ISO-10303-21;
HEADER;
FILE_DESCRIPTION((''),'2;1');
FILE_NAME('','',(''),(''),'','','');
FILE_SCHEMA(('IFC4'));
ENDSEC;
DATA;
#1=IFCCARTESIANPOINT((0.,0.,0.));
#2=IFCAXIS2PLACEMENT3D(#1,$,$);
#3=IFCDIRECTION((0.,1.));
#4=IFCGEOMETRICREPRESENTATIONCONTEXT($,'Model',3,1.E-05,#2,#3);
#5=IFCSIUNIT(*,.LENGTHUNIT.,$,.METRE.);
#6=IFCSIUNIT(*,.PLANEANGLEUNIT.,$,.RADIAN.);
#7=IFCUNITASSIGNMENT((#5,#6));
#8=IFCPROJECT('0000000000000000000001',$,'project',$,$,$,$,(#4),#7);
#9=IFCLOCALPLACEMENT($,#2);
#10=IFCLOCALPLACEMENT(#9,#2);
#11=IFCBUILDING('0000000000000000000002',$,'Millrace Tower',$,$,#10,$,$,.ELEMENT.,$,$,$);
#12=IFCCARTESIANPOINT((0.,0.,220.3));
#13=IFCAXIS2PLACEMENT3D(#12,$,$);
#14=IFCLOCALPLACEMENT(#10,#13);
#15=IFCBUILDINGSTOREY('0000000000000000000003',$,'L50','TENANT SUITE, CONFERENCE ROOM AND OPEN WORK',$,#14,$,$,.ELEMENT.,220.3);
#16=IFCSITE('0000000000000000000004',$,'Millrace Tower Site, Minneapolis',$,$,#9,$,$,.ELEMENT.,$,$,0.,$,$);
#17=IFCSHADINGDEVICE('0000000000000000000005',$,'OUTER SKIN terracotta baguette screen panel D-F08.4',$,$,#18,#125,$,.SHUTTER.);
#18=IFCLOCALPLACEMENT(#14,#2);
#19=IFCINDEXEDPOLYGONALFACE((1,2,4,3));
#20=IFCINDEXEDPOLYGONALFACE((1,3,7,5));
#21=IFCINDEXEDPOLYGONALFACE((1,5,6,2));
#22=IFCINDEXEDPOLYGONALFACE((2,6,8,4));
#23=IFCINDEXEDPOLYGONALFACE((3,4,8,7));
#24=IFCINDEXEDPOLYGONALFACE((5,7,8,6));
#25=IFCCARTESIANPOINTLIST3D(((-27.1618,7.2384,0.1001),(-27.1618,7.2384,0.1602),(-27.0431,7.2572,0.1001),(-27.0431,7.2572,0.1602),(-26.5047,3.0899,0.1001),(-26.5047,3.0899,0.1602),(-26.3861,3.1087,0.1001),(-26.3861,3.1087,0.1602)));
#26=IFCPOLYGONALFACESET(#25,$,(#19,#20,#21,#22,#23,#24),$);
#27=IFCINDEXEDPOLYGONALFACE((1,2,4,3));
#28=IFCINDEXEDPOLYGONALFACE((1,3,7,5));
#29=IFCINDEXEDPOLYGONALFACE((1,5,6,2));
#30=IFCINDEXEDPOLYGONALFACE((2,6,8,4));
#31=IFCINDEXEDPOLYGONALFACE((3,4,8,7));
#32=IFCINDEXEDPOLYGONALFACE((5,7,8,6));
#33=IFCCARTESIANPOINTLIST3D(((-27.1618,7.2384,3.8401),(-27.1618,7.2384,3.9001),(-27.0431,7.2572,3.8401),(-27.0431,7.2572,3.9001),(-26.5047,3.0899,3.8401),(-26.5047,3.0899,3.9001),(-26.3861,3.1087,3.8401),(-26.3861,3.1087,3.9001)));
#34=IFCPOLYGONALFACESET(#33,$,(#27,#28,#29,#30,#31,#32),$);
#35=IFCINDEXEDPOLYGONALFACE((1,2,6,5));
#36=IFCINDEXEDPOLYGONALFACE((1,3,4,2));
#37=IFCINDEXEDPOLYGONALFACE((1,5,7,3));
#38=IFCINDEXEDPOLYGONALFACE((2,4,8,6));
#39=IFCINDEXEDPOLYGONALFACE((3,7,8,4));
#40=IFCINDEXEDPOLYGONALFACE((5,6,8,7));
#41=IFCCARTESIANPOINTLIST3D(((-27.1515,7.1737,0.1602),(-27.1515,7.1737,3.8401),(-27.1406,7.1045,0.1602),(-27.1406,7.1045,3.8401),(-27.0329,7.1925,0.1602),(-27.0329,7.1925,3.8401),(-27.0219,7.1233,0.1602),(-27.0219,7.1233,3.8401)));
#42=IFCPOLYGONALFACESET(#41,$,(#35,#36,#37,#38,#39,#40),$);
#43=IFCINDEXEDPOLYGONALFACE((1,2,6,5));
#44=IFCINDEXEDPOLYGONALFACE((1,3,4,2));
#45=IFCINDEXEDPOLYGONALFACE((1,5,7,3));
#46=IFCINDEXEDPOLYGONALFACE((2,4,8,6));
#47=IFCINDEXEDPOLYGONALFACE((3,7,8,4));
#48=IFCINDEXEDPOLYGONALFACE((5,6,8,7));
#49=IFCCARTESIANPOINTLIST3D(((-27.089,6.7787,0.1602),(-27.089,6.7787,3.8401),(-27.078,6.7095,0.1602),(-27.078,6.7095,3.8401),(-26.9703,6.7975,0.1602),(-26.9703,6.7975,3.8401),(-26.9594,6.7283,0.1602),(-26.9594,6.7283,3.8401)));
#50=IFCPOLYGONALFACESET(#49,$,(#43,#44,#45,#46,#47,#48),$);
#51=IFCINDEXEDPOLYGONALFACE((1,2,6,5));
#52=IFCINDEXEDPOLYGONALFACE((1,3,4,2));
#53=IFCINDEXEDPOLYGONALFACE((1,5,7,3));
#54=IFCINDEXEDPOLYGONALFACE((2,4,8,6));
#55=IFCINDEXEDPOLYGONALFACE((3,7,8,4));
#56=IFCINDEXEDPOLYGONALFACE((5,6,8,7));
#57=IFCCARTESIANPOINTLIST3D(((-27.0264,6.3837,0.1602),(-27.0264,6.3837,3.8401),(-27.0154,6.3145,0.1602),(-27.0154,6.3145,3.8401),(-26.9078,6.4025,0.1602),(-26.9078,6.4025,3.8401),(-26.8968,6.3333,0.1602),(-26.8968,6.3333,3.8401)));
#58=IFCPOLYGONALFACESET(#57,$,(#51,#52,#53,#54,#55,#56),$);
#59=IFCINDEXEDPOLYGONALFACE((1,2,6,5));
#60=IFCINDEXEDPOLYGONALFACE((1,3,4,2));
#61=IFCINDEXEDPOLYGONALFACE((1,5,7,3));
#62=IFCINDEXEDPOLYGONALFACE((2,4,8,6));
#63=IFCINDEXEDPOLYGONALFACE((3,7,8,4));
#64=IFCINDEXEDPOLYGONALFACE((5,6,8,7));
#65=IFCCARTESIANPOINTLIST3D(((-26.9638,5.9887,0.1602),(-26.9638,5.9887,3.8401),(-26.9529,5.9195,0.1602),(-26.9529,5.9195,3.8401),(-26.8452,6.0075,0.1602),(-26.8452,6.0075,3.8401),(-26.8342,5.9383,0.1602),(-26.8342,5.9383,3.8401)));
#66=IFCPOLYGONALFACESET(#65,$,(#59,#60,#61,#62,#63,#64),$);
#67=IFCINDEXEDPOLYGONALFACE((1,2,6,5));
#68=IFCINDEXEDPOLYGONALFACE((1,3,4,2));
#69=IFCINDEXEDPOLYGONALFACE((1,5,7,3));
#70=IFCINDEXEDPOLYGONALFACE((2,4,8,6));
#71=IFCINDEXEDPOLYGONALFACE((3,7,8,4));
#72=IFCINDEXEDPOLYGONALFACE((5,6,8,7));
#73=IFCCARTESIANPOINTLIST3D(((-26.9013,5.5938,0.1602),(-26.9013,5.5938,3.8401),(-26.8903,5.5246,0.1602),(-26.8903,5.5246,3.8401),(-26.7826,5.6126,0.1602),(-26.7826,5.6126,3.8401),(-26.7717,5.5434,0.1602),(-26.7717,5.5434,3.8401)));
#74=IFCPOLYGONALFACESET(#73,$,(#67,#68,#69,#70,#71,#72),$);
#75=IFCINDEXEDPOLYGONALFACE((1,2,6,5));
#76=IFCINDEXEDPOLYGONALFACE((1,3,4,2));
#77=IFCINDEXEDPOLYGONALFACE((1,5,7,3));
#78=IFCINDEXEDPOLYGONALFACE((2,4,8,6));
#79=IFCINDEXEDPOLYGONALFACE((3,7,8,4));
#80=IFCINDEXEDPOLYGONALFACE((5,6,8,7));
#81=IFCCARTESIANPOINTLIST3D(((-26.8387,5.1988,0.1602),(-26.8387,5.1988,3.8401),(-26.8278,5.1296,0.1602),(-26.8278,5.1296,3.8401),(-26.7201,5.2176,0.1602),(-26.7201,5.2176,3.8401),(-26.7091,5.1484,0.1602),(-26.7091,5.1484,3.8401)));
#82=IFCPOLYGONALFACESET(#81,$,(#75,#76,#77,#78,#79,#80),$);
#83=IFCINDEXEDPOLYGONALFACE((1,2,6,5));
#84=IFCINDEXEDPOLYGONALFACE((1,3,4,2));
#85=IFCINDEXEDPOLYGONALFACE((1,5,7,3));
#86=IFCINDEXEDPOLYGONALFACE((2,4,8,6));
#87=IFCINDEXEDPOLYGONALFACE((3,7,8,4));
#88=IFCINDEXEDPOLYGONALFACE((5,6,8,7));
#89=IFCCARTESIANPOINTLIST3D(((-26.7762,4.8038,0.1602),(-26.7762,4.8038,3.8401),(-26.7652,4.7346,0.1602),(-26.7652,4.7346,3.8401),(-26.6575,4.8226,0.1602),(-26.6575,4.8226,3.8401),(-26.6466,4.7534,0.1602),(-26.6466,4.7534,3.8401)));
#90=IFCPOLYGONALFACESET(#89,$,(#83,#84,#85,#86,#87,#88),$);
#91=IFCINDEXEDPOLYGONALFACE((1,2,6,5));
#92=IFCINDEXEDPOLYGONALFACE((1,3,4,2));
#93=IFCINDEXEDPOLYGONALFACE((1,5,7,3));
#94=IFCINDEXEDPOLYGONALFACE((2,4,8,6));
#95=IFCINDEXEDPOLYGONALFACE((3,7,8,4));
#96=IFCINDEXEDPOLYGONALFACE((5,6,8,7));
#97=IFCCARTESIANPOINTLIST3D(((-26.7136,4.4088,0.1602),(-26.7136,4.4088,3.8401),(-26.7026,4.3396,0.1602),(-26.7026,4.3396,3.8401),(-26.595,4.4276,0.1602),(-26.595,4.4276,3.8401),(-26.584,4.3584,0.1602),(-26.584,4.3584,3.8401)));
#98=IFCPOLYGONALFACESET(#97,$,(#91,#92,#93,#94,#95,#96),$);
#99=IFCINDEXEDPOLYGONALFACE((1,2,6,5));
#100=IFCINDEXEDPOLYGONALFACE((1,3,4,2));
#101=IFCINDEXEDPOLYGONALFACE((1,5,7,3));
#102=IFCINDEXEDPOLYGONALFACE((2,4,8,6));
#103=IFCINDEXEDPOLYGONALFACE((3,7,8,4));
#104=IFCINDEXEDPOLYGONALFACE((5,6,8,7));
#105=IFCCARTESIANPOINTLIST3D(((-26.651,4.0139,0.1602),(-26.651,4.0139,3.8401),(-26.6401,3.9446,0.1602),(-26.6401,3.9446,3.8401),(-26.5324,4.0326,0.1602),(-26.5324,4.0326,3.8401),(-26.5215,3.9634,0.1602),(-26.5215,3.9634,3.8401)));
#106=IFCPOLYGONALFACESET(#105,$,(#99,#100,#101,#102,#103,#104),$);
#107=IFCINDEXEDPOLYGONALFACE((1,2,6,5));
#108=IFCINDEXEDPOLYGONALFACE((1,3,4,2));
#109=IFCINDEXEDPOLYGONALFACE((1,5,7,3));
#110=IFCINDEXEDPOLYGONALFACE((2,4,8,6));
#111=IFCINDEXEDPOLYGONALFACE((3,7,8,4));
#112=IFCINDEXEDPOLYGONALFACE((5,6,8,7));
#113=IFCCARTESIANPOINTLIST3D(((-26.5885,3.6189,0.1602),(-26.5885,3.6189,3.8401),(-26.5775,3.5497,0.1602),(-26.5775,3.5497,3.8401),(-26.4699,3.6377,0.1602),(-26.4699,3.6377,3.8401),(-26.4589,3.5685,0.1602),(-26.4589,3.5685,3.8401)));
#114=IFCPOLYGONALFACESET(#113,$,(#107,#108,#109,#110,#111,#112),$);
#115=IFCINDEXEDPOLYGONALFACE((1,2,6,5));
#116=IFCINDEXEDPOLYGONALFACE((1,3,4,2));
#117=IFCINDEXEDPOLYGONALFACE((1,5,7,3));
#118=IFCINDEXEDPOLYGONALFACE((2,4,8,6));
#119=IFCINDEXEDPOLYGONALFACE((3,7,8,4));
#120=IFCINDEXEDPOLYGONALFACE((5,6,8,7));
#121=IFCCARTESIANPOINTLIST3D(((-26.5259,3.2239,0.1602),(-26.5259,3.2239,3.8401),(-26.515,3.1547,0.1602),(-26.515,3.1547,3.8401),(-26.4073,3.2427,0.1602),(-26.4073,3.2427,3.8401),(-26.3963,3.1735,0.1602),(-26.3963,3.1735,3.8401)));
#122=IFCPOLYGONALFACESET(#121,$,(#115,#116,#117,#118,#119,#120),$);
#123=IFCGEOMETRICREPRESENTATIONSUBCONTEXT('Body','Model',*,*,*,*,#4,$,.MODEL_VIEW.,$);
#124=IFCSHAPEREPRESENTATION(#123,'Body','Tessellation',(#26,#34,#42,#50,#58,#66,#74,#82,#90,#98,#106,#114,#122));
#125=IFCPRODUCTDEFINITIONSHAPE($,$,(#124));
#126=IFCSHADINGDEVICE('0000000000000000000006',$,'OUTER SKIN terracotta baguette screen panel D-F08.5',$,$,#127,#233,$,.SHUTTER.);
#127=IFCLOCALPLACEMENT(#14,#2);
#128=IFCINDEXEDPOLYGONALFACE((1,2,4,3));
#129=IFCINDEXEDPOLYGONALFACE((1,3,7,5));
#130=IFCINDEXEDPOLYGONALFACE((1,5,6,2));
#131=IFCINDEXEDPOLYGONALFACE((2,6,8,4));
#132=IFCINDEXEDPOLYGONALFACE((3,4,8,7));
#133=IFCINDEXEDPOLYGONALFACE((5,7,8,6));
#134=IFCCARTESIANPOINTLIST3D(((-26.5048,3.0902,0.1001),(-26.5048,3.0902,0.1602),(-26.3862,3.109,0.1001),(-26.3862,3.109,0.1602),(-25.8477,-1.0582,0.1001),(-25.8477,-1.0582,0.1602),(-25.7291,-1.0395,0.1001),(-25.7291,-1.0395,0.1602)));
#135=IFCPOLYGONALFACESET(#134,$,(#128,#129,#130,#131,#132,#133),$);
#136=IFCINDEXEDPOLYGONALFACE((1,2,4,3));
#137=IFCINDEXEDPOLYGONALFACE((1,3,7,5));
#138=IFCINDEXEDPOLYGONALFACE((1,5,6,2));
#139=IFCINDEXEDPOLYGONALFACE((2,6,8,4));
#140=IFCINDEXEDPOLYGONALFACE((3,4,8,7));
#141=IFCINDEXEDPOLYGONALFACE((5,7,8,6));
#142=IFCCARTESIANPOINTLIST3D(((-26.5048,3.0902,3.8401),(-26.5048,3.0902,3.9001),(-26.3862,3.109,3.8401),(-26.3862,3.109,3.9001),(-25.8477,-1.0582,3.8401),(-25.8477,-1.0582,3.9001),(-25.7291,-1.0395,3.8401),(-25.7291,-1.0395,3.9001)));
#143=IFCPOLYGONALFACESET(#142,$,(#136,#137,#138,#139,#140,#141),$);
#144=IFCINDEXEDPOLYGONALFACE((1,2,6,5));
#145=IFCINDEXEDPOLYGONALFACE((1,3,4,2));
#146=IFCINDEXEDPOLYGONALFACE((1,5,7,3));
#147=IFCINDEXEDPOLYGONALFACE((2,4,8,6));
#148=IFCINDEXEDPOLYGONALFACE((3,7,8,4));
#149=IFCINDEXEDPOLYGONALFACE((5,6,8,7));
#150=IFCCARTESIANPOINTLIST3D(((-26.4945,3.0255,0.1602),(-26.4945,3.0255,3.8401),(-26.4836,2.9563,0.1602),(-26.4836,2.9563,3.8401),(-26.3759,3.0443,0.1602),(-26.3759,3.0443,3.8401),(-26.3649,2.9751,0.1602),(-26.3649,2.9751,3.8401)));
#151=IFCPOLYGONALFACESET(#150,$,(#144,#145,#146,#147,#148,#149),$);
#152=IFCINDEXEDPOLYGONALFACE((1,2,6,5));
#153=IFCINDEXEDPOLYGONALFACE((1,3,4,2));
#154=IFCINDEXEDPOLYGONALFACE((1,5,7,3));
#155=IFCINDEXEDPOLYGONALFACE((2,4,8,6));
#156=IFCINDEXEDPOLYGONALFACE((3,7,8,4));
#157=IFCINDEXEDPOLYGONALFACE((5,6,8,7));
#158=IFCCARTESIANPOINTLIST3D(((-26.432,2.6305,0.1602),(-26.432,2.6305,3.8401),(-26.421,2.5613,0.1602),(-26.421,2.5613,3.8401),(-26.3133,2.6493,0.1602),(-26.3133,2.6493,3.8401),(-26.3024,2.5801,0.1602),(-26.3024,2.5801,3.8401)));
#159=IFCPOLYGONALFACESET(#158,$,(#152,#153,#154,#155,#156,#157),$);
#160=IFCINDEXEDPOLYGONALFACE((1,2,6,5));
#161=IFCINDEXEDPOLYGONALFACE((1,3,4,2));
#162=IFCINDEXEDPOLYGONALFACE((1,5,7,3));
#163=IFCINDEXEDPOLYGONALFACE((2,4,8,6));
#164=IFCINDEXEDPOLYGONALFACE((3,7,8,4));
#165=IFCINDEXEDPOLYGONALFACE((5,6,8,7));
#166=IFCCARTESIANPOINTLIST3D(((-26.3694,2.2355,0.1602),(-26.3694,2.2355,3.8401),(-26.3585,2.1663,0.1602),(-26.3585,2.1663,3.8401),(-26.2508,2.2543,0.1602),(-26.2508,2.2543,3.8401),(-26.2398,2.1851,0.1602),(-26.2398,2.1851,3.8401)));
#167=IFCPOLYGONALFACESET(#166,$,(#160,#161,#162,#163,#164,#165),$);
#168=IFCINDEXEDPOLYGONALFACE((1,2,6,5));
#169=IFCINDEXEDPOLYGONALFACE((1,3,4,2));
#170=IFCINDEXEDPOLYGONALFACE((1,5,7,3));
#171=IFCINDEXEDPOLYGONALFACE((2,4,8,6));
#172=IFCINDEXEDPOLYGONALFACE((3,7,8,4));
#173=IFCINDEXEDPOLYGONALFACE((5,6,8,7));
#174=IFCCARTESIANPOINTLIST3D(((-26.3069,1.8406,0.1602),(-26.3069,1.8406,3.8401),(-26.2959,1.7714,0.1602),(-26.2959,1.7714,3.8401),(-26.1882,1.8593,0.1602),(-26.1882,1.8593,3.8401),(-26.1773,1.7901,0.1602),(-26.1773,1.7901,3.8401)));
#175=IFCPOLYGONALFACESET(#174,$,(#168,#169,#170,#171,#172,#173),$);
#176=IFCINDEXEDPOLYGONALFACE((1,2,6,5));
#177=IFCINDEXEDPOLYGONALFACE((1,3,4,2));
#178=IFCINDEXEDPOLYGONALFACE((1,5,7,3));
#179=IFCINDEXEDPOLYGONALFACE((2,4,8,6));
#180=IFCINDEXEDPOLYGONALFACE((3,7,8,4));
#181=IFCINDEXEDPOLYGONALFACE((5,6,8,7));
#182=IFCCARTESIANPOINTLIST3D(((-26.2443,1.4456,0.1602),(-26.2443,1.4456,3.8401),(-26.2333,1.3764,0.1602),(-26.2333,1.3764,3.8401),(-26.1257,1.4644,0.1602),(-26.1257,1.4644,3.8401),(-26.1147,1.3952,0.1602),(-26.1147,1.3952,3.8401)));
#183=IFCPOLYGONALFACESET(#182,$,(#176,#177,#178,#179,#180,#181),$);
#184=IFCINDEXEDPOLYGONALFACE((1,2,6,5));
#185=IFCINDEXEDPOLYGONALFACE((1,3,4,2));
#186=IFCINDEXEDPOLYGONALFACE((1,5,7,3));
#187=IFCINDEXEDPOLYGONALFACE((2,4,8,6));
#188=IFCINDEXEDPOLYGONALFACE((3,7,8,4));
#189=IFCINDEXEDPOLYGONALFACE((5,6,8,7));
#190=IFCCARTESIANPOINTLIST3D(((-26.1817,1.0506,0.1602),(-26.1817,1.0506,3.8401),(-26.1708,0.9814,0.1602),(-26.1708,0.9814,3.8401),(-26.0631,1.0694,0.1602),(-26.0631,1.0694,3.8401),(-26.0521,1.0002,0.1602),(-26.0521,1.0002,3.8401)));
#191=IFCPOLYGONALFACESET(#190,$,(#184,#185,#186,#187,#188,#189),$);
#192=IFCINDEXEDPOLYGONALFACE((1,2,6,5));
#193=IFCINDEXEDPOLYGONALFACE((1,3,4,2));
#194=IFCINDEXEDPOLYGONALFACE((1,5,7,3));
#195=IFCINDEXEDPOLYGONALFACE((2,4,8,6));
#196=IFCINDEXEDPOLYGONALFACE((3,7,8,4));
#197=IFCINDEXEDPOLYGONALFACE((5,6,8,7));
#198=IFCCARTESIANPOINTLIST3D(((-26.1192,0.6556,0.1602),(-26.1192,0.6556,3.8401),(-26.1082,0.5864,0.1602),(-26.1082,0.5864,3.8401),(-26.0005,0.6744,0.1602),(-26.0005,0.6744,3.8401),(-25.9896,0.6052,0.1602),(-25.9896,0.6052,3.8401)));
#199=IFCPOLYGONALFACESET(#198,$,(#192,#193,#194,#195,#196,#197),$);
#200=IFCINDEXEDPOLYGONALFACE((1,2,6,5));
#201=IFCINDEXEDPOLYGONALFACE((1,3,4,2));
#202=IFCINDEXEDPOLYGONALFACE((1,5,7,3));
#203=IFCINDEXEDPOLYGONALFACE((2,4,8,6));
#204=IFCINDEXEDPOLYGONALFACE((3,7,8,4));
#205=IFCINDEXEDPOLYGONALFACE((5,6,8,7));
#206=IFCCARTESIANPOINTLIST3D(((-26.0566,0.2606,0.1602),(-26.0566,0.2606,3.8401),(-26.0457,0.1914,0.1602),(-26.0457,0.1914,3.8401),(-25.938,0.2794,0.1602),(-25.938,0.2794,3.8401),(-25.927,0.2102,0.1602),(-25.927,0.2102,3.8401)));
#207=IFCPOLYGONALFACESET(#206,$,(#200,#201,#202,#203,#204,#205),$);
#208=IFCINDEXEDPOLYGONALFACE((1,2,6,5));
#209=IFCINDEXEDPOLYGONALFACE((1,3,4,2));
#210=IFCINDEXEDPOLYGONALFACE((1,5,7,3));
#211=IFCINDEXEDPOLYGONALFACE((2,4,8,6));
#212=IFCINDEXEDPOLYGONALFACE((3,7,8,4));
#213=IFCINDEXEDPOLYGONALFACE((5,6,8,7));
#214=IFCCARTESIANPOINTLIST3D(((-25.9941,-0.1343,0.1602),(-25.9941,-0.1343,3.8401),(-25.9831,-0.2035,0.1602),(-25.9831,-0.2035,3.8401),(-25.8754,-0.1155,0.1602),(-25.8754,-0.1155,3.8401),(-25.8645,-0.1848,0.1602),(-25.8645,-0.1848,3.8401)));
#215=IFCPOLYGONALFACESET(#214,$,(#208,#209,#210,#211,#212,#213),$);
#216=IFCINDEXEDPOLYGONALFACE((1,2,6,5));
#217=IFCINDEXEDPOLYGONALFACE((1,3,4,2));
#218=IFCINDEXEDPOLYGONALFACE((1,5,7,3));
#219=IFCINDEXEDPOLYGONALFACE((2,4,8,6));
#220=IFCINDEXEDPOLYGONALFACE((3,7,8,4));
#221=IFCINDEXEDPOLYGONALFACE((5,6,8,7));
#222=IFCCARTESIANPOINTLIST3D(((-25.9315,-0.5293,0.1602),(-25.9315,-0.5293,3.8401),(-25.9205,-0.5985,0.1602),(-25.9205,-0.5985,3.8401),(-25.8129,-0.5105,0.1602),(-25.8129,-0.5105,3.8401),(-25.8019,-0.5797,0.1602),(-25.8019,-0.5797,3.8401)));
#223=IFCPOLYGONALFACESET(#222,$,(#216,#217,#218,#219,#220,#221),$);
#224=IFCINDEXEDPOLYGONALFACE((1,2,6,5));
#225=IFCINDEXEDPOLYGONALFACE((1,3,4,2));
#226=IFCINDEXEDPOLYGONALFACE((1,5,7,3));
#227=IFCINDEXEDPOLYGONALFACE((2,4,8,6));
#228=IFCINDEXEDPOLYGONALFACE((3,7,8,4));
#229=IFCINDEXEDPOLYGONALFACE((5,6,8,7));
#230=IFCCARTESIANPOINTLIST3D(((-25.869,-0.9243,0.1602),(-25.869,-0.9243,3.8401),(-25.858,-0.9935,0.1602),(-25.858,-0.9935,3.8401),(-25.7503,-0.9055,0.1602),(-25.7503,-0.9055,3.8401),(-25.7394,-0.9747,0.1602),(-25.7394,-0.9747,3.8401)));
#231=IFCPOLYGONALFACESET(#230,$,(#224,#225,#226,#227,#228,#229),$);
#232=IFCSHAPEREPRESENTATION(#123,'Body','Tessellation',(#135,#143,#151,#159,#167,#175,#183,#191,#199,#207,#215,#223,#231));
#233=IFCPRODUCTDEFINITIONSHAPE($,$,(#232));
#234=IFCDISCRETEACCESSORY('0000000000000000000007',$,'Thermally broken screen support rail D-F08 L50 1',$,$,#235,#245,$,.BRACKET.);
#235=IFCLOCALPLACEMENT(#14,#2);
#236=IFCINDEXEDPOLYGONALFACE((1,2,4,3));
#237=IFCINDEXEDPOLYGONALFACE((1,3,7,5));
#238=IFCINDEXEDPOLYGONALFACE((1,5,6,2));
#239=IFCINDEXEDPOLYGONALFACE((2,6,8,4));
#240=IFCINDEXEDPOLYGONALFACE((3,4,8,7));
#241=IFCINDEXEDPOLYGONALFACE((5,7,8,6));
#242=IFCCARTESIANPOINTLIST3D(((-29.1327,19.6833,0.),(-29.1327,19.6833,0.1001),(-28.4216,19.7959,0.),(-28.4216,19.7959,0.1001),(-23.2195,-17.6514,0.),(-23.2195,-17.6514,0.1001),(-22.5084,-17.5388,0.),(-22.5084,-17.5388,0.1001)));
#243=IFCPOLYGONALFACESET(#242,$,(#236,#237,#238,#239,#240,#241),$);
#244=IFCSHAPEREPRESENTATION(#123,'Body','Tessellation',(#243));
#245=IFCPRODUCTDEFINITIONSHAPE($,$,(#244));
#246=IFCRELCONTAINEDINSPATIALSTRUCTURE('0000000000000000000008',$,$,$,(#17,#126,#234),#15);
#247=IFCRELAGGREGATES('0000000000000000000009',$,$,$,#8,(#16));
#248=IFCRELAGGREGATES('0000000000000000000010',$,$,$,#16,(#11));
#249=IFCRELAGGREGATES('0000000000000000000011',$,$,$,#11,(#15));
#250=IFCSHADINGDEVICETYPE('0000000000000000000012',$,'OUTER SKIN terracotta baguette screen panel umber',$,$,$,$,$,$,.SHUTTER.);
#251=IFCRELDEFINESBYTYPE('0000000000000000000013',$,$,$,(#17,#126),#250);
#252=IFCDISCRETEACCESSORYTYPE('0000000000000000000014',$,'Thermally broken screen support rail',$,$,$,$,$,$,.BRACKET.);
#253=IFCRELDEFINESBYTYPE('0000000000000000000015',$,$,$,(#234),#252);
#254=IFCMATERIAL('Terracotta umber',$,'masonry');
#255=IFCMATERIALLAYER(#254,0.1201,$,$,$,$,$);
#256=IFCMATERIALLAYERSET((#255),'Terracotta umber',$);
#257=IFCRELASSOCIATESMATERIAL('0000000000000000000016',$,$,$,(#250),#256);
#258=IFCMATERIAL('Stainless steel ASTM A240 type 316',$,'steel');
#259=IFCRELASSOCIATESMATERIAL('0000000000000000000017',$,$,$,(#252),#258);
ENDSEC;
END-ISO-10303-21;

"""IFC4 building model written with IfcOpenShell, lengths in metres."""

from ifc_helpers import new_model, entity, si_unit, direction, frame, frame_2d, origin, origin_2d, place, context, subcontext, project, spatial, rectangle, extrude, source, transform, mapped, material, layer, layer_set, type_object, element, save


model = new_model("IFC4")

# Units and contexts
model_context = context("Model", 3, precision=1e-05, world=origin(), true_north=direction((0.0, 1.0)))
body_context = subcontext(model_context, "Body", "Model", "MODEL_VIEW")
ifc_project = project(units=[si_unit("LENGTHUNIT", "METRE"), si_unit("PLANEANGLEUNIT", "RADIAN")], contexts=[model_context])

# Site, building, storey
site_placement = place(None, origin())
site = spatial("IfcSite", under=ifc_project, at=site_placement, Name="Millrace Tower Site, Minneapolis", CompositionType="ELEMENT", RefElevation=0.0)
building_placement = place(site_placement, origin())
building = spatial("IfcBuilding", under=site, at=building_placement, Name="Millrace Tower", CompositionType="ELEMENT")
storey_placement = place(building_placement, frame((0.0, 0.0, 220.3)))
storey = spatial("IfcBuildingStorey", under=building, at=storey_placement, Name="L50", Description="TENANT SUITE, CONFERENCE ROOM AND OPEN WORK", CompositionType="ELEMENT", Elevation=220.3)

# Shading devices
ifc_material_1 = material(Name="Terracotta umber", Category="masonry")
ifc_layer_1 = layer(ifc_material_1, 0.1201)
ifc_layer_set_1 = layer_set([ifc_layer_1], Name="Terracotta umber")
shading_device_type = type_object("IfcShadingDeviceType", Name="OUTER SKIN terracotta baguette screen panel umber", PredefinedType="SHUTTER", material=ifc_layer_set_1)
cartesian_point = entity("IfcCartesianPoint", [-2.1001, 0.0601])
shared_polyline = entity("IfcPolyline", [cartesian_point, entity("IfcCartesianPoint", [2.1001, 0.0601]), entity("IfcCartesianPoint", [2.1001, -0.0601]), entity("IfcCartesianPoint", [-2.1001, -0.0601]), cartesian_point])
shared_shape = source(origin(), body_context, "Body", "SweptSolid", [
    entity("IfcExtrudedAreaSolid", entity("IfcArbitraryClosedProfileDef", "AREA", None, shared_polyline), entity("IfcAxis2Placement3D", entity("IfcCartesianPoint", [0.0, 0.0, 0.0])), entity("IfcDirection", [0.0, 0.0, 1.0]), 0.0601),
    entity("IfcExtrudedAreaSolid", entity("IfcArbitraryClosedProfileDef", "AREA", None, shared_polyline), entity("IfcAxis2Placement3D", entity("IfcCartesianPoint", [0.0, 0.0, 3.74])), entity("IfcDirection", [0.0, 0.0, 1.0]), 0.0601),
    extrude(rectangle(XDim=0.0701, YDim=0.1201, at=frame_2d((-1.9995, 0.0))), frame((0.0, 0.0, 0.0601)), (0.0, 0.0, 1.0), 3.6799),
    extrude(rectangle(XDim=0.0701, YDim=0.1201, at=frame_2d((-1.5996, 0.0))), frame((0.0, 0.0, 0.0601)), (0.0, 0.0, 1.0), 3.6799),
    extrude(rectangle(XDim=0.0701, YDim=0.1201, at=frame_2d((-1.1997, 0.0))), frame((0.0, 0.0, 0.0601)), (0.0, 0.0, 1.0), 3.6799),
    extrude(rectangle(XDim=0.0701, YDim=0.1201, at=frame_2d((-0.7998, 0.0))), frame((0.0, 0.0, 0.0601)), (0.0, 0.0, 1.0), 3.6799),
    extrude(rectangle(XDim=0.0701, YDim=0.1201, at=frame_2d((-0.3999, 0.0))), frame((0.0, 0.0, 0.0601)), (0.0, 0.0, 1.0), 3.6799),
    extrude(rectangle(XDim=0.0701, YDim=0.1201, at=origin_2d()), frame((0.0, 0.0, 0.0601)), (0.0, 0.0, 1.0), 3.6799),
    extrude(rectangle(XDim=0.0701, YDim=0.1201, at=frame_2d((0.3999, 0.0))), frame((0.0, 0.0, 0.0601)), (0.0, 0.0, 1.0), 3.6799),
    extrude(rectangle(XDim=0.0701, YDim=0.1201, at=frame_2d((0.7998, 0.0))), frame((0.0, 0.0, 0.0601)), (0.0, 0.0, 1.0), 3.6799),
    extrude(rectangle(XDim=0.0701, YDim=0.1201, at=frame_2d((1.1997, 0.0))), frame((0.0, 0.0, 0.0601)), (0.0, 0.0, 1.0), 3.6799),
    extrude(rectangle(XDim=0.0701, YDim=0.1201, at=frame_2d((1.5996, 0.0))), frame((0.0, 0.0, 0.0601)), (0.0, 0.0, 1.0), 3.6799),
    extrude(rectangle(XDim=0.0701, YDim=0.1201, at=frame_2d((1.9995, 0.0))), frame((0.0, 0.0, 0.0601)), (0.0, 0.0, 1.0), 3.6799),
])
for number, where, z_axis, x_axis, name in (
    (1, (-26.7739, 5.1736, 0.1001), (0.0, 0.0, 1.0), (0.156434, -0.987688, 0.0), "OUTER SKIN terracotta baguette screen panel D-F08.4"),
    (2, (-26.1169, 1.0254, 0.1001), (0.0, 0.0, 1.0), (0.156434, -0.987688, 0.0), "OUTER SKIN terracotta baguette screen panel D-F08.5"),
):
    element("IfcShadingDevice", number, at=place(storey_placement, frame(where, z_axis=z_axis, x_axis=x_axis)), inside=storey, type_object=shading_device_type, Name=name, PredefinedType="SHUTTER", context=body_context, shape_type="MappedRepresentation", body=[
        mapped(shared_shape, transform((0.0, 0.0, 0.0), scale=1.0)),
    ])

# Discrete accessory
ifc_material_2 = material(Name="Stainless steel ASTM A240 type 316", Category="steel")
discrete_accessory_type = type_object("IfcDiscreteAccessoryType", Name="Thermally broken screen support rail", PredefinedType="BRACKET", material=ifc_material_2)
discrete_accessory_placement = place(storey_placement, frame((-25.8206, 1.0723, 0.0), z_axis=(0.0, 0.0, 1.0), x_axis=(0.156434, -0.987688, 0.0)))
element("IfcDiscreteAccessory", 3, at=discrete_accessory_placement, inside=storey, type_object=discrete_accessory_type, Name="Thermally broken screen support rail D-F08 L50 1", PredefinedType="BRACKET", context=body_context, shape_type="SweptSolid", body=[
    extrude(rectangle(XDim=37.8, YDim=0.72, at=origin_2d()), origin(), (0.0, 0.0, 1.0), 0.1001),
])

save(model, "model.ifc")
